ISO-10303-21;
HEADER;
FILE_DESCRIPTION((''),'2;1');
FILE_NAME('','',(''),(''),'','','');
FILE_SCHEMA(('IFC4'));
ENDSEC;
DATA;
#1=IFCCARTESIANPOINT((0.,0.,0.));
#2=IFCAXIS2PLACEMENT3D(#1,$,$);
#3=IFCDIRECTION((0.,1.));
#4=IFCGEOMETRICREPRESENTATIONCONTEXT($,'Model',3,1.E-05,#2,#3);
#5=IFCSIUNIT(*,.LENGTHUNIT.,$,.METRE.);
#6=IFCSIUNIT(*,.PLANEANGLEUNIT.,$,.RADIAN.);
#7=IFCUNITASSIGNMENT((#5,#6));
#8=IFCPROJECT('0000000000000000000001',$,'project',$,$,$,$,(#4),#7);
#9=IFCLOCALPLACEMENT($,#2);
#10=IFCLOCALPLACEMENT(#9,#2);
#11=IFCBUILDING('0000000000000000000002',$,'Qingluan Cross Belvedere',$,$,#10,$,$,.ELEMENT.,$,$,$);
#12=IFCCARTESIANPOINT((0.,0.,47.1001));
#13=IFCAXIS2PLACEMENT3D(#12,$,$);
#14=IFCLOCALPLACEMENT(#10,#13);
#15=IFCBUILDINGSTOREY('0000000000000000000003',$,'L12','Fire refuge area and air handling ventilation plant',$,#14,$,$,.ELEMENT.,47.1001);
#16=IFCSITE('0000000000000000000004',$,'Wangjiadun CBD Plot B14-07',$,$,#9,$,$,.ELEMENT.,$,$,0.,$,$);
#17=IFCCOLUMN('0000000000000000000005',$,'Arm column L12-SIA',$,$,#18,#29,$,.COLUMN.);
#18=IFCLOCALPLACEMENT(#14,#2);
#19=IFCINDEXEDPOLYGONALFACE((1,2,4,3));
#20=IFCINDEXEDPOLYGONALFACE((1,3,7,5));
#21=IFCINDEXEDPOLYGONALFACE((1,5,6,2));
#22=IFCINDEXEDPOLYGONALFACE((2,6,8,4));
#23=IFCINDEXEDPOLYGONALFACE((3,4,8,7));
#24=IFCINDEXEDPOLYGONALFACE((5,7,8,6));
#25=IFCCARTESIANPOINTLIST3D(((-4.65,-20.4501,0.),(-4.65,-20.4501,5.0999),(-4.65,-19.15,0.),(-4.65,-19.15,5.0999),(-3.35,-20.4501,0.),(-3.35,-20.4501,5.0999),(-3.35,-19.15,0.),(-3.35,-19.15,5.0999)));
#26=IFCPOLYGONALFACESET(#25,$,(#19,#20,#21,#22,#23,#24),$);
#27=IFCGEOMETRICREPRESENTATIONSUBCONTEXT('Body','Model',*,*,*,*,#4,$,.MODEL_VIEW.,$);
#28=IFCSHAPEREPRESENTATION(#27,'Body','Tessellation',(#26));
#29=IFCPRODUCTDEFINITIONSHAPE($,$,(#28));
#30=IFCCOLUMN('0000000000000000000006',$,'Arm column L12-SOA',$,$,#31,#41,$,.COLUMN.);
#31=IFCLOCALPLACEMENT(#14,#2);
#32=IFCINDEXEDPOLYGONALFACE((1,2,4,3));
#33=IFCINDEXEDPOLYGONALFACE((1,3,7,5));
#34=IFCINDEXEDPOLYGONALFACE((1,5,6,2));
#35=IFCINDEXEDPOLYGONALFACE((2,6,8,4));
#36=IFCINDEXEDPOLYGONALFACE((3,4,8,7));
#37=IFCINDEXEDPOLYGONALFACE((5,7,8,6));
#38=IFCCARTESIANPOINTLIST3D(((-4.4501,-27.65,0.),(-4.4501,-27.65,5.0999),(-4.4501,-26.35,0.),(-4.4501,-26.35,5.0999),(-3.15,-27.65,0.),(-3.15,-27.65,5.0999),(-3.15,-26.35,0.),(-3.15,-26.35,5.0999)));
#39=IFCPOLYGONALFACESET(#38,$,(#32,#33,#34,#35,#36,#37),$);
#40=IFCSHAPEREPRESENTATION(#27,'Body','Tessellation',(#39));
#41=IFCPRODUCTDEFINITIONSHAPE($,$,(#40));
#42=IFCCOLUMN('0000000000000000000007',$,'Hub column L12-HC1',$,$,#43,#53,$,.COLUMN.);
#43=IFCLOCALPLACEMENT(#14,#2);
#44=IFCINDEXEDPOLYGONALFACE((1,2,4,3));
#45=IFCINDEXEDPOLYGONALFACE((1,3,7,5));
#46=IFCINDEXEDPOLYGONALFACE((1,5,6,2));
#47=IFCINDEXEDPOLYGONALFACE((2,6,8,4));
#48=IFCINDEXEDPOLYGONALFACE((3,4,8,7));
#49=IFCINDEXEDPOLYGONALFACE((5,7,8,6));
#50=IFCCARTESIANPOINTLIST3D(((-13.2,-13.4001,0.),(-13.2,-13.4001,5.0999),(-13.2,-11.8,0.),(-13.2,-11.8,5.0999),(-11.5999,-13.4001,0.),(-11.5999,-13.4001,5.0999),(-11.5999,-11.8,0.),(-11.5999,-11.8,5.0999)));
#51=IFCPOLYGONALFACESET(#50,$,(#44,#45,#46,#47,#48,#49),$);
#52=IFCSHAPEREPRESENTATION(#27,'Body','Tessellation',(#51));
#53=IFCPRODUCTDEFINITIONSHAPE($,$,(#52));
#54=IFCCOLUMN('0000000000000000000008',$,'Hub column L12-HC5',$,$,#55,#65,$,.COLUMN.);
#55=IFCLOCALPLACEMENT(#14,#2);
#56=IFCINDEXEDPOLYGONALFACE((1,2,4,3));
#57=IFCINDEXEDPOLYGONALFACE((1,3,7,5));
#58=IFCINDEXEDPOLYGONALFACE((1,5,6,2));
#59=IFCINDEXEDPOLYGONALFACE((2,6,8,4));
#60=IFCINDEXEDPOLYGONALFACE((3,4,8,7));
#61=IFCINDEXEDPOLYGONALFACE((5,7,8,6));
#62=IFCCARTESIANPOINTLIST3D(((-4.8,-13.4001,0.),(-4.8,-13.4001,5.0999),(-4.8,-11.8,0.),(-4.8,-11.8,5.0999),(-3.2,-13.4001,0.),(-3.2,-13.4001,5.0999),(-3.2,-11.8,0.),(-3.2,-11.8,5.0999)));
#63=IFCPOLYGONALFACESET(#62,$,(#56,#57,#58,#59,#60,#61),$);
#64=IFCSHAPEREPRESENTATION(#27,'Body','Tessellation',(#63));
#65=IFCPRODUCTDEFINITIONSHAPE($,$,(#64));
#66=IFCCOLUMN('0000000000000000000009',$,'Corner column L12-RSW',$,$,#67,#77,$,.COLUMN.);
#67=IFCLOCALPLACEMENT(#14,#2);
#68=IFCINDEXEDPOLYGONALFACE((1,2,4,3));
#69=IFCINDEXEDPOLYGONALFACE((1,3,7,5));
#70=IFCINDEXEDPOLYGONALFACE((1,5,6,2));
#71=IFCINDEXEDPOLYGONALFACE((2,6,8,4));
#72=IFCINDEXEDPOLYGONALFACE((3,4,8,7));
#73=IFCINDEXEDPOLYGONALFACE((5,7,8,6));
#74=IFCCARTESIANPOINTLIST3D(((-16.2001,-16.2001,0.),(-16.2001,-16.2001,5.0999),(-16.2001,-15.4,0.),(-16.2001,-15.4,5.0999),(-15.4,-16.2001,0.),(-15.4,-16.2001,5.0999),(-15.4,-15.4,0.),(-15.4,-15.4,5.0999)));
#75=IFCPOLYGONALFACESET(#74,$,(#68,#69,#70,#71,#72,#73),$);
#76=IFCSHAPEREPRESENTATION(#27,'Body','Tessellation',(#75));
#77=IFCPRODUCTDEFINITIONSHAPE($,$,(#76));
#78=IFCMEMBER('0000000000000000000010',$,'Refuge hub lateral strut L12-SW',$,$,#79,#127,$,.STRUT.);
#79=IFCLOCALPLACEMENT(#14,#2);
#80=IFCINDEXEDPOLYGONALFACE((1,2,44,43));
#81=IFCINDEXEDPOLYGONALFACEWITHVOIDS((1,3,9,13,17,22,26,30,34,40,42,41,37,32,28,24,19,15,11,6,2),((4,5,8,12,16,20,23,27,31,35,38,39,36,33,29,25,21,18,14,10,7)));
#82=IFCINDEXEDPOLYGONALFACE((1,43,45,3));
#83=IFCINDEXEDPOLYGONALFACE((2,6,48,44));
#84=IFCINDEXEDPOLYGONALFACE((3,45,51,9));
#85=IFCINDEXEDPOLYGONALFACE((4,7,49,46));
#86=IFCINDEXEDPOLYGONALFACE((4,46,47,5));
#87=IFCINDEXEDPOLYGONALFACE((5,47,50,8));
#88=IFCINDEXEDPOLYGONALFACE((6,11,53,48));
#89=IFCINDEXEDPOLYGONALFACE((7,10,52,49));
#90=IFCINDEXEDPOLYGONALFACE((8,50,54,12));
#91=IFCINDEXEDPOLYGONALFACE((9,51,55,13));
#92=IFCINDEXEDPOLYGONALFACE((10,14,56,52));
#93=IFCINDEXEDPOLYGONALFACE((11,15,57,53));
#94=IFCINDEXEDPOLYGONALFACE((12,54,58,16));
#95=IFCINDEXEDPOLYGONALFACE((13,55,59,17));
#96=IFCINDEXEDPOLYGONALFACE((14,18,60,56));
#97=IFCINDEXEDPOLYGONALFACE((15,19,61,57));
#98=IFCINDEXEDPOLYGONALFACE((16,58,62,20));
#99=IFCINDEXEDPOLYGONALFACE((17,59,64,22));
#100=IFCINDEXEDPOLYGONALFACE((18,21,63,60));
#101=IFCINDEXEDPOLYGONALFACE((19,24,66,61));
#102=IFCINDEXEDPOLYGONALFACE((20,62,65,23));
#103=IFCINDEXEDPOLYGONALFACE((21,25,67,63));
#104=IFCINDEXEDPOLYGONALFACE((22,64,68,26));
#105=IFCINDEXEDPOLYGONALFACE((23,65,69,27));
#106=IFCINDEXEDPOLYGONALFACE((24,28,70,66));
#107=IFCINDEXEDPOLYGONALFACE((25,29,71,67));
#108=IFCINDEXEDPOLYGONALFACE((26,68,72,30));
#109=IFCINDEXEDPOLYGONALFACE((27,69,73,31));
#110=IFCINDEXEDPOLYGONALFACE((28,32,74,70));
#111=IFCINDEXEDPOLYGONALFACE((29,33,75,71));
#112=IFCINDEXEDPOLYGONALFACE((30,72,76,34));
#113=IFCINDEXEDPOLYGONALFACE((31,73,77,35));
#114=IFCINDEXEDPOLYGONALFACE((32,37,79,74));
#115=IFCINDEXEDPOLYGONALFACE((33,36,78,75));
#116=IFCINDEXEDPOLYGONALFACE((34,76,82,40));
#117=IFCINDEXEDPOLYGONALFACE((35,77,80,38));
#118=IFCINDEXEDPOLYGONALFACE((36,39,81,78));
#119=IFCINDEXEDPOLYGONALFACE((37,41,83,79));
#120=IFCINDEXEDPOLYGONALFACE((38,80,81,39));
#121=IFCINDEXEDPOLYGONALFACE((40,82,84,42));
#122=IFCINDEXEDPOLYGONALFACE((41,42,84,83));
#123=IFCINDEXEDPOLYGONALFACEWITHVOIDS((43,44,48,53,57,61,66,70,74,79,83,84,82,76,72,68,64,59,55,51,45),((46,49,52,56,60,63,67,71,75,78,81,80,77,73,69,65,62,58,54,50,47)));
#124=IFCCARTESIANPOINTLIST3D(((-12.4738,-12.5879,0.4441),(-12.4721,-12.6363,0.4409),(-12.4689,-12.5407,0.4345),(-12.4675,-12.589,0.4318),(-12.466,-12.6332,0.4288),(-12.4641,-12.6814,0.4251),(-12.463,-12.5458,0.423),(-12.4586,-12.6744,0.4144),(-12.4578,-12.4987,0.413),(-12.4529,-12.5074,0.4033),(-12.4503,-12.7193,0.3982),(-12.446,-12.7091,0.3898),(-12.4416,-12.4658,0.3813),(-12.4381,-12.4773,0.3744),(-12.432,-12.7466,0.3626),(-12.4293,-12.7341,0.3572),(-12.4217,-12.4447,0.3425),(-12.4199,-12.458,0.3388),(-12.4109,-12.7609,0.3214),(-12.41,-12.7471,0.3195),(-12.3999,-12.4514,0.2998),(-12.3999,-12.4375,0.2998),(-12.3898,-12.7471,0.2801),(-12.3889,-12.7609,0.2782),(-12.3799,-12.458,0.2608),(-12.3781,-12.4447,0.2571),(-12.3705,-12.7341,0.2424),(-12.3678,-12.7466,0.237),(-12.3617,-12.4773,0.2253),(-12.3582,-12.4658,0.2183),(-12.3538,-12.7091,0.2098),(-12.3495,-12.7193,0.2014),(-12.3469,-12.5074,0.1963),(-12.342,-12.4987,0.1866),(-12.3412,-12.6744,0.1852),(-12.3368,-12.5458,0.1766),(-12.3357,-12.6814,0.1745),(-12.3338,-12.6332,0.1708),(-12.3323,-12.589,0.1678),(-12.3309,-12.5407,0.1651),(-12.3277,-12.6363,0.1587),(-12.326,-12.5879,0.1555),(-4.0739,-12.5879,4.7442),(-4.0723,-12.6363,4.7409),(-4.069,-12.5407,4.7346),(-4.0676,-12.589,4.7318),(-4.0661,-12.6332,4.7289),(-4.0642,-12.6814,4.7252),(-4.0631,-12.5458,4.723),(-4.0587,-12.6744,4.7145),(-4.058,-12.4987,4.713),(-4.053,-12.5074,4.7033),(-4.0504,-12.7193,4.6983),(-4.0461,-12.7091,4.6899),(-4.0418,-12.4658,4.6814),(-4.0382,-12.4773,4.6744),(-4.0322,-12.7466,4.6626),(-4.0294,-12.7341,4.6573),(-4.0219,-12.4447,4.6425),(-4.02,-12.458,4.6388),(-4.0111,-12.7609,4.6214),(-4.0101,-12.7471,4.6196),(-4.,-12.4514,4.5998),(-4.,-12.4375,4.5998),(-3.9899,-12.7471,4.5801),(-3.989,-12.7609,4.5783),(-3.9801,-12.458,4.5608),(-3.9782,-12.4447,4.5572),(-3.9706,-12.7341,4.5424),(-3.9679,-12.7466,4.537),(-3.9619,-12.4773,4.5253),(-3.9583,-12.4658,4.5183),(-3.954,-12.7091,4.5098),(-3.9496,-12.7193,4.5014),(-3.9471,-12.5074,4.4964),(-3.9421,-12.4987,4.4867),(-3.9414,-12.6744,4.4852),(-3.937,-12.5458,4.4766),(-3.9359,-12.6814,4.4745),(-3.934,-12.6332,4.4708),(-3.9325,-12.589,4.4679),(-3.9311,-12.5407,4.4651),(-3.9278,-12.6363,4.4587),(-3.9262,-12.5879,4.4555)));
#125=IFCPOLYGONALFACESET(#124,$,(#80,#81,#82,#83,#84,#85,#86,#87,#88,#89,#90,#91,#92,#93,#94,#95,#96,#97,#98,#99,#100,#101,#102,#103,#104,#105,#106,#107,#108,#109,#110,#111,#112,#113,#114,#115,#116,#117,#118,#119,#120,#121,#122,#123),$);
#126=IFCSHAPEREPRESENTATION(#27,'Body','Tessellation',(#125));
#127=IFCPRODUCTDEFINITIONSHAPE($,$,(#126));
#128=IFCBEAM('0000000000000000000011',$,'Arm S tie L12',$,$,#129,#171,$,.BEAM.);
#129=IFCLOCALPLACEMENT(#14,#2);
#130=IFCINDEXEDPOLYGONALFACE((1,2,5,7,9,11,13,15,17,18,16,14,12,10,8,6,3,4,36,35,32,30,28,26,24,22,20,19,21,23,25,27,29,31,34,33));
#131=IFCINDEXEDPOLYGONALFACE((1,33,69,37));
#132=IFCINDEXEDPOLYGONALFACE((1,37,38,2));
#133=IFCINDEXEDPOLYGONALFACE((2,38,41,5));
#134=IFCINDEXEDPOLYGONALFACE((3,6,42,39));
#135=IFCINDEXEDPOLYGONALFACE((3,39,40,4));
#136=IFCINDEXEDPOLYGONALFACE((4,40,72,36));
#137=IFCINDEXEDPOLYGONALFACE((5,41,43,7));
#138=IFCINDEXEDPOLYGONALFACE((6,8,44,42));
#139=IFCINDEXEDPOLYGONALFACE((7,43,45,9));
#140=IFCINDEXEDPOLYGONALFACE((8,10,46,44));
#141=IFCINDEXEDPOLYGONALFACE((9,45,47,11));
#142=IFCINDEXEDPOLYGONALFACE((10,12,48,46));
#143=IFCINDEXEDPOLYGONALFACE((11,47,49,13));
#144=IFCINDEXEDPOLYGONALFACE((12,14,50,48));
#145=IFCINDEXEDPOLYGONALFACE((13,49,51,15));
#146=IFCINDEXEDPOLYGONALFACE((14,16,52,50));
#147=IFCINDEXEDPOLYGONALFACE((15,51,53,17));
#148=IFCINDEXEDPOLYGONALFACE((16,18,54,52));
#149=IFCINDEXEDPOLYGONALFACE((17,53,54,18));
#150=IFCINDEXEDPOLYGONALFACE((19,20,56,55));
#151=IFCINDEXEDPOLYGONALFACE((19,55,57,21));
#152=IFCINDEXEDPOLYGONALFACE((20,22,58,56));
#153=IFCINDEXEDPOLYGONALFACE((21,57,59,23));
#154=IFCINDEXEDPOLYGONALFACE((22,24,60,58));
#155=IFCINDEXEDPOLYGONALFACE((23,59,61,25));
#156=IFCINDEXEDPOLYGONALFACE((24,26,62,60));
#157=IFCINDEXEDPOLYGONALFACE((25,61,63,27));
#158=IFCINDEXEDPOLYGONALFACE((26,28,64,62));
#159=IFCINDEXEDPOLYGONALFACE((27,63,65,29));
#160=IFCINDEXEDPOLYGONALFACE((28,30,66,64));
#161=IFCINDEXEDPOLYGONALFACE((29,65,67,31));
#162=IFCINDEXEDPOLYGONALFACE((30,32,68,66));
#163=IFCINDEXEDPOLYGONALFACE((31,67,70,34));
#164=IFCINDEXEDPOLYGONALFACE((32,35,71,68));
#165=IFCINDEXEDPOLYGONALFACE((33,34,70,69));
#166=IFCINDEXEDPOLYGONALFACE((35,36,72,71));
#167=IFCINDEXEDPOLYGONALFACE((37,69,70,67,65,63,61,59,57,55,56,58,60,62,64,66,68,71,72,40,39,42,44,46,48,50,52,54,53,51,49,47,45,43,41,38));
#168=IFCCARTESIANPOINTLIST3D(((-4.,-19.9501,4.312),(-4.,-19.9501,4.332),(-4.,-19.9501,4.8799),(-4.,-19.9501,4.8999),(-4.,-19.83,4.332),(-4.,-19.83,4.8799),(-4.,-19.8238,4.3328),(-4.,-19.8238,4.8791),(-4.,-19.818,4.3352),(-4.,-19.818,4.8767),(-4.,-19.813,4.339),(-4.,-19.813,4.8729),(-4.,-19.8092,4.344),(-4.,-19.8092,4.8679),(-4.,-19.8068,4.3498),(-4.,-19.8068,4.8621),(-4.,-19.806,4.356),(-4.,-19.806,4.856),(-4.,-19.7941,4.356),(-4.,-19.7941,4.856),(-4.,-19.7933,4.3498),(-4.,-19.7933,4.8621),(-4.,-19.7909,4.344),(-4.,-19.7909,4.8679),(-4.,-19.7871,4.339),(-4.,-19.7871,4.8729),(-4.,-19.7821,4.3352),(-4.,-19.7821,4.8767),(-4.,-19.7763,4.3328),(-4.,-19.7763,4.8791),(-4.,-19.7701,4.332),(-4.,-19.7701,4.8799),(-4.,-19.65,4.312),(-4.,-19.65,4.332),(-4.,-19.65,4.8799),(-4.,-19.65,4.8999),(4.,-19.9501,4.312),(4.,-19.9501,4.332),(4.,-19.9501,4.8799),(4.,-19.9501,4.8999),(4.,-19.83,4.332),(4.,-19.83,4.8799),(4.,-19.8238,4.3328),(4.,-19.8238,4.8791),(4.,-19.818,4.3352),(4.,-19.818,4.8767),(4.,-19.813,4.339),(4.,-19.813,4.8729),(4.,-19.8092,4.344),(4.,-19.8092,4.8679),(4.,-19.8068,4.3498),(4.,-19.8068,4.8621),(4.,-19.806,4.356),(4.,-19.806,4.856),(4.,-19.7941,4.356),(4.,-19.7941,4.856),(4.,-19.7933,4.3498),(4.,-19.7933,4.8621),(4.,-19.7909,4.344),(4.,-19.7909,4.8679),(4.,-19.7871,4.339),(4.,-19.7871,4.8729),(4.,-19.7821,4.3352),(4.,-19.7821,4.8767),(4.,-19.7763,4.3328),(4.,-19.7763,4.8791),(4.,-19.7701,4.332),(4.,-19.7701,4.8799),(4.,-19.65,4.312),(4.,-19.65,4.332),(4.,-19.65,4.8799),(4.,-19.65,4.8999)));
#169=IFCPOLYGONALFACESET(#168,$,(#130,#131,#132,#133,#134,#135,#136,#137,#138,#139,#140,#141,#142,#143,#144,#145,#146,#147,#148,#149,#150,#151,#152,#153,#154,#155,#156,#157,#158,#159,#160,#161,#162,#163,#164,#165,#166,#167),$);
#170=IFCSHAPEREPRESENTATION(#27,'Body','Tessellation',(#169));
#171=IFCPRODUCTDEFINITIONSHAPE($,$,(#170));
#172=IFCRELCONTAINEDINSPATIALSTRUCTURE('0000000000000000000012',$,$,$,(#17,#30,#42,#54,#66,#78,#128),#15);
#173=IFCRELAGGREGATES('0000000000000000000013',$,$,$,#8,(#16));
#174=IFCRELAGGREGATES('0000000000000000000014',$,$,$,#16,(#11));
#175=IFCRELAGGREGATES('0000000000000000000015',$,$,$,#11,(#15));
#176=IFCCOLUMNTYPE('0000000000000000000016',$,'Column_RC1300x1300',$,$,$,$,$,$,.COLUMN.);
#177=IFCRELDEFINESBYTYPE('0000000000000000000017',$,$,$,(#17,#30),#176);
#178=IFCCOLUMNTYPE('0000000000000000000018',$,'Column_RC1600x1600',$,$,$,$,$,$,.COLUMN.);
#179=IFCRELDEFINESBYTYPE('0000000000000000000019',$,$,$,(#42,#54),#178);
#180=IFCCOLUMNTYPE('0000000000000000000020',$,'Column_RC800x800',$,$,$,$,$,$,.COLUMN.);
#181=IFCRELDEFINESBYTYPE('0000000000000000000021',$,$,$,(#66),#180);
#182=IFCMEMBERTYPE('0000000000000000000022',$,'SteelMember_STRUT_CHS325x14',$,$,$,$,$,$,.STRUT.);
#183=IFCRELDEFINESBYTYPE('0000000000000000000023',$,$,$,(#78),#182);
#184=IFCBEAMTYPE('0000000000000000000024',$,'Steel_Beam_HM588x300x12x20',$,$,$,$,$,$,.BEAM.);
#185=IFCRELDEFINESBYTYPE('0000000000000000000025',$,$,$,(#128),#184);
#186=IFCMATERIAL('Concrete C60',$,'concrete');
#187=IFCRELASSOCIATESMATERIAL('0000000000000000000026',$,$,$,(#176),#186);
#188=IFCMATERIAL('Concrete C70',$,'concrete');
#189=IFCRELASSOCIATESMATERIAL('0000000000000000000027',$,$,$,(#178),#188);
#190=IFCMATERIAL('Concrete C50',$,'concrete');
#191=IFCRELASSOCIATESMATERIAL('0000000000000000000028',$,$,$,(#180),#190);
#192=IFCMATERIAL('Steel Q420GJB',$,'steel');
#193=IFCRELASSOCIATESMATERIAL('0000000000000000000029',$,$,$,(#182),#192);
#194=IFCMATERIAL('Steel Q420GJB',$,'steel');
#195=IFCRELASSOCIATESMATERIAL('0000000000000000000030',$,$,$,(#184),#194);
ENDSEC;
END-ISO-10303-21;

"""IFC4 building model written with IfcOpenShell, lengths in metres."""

from ifc_helpers import new_model, si_unit, direction, frame, origin, origin_2d, place, context, subcontext, project, spatial, rectangle, hollow_circle, i_section, extrude, material, material_profile, profile_set, type_object, element, save


model = new_model("IFC4")

# Units and contexts
model_context = context("Model", 3, precision=1e-05, world=origin(), true_north=direction((0.0, 1.0)))
body_context = subcontext(model_context, "Body", "Model", "MODEL_VIEW")
ifc_project = project(units=[si_unit("LENGTHUNIT", "METRE"), si_unit("PLANEANGLEUNIT", "RADIAN")], contexts=[model_context])

# Site, building, storey
site_placement = place(None, origin())
site = spatial("IfcSite", under=ifc_project, at=site_placement, Name="Wangjiadun CBD Plot B14-07", CompositionType="ELEMENT", RefElevation=0.0)
building_placement = place(site_placement, origin())
building = spatial("IfcBuilding", under=site, at=building_placement, Name="Qingluan Cross Belvedere", CompositionType="ELEMENT")
storey_placement = place(building_placement, frame((0.0, 0.0, 47.1001)))
storey = spatial("IfcBuildingStorey", under=building, at=storey_placement, Name="L12", Description="Fire refuge area and air handling ventilation plant", CompositionType="ELEMENT", Elevation=47.1001)

# Columns
ifc_material_1 = material(Name="Concrete C60", Category="concrete")
ifc_material_profile_1 = material_profile(ifc_material_1, rectangle(XDim=1.3, YDim=1.3, at=origin_2d()), Name="RC1300x1300")
ifc_profile_set_1 = profile_set([ifc_material_profile_1], Name="Concrete C60")
column_type_1 = type_object("IfcColumnType", Name="Column_RC1300x1300", PredefinedType="COLUMN", material=ifc_profile_set_1)
for number, where, z_axis, x_axis, name in (
    (1, (-4.0, -19.8, 0.0), (0.0, 0.0, 1.0), (1.0, 0.0, 0.0), "Arm column L12-SIA"),
    (2, (-3.8, -27.0, 0.0), (0.0, 0.0, 1.0), (1.0, 0.0, 0.0), "Arm column L12-SOA"),
):
    element("IfcColumn", number, at=place(storey_placement, frame(where, z_axis=z_axis, x_axis=x_axis)), inside=storey, type_object=column_type_1, Name=name, PredefinedType="COLUMN", context=body_context, shape_type="SweptSolid", body=[
        extrude(rectangle(XDim=1.3, YDim=1.3, at=origin_2d()), origin(), (0.0, 0.0, 1.0), 5.0999),
    ])
ifc_material_2 = material(Name="Concrete C70", Category="concrete")
ifc_material_profile_2 = material_profile(ifc_material_2, rectangle(XDim=1.6001, YDim=1.6001, at=origin_2d()), Name="RC1600x1600")
ifc_profile_set_2 = profile_set([ifc_material_profile_2], Name="Concrete C70")
column_type_2 = type_object("IfcColumnType", Name="Column_RC1600x1600", PredefinedType="COLUMN", material=ifc_profile_set_2)
for number, where, z_axis, x_axis, name in (
    (3, (-12.3999, -12.6001, 0.0), (0.0, 0.0, 1.0), (1.0, 0.0, 0.0), "Hub column L12-HC1"),
    (4, (-4.0, -12.6001, 0.0), (0.0, 0.0, 1.0), (1.0, 0.0, 0.0), "Hub column L12-HC5"),
):
    element("IfcColumn", number, at=place(storey_placement, frame(where, z_axis=z_axis, x_axis=x_axis)), inside=storey, type_object=column_type_2, Name=name, PredefinedType="COLUMN", context=body_context, shape_type="SweptSolid", body=[
        extrude(rectangle(XDim=1.6001, YDim=1.6001, at=origin_2d()), origin(), (0.0, 0.0, 1.0), 5.0999),
    ])
ifc_material_3 = material(Name="Concrete C50", Category="concrete")
ifc_material_profile_3 = material_profile(ifc_material_3, rectangle(XDim=0.8, YDim=0.8, at=origin_2d()), Name="RC800x800")
ifc_profile_set_3 = profile_set([ifc_material_profile_3], Name="Concrete C50")
column_type_3 = type_object("IfcColumnType", Name="Column_RC800x800", PredefinedType="COLUMN", material=ifc_profile_set_3)
column_placement = place(storey_placement, frame((-15.8, -15.8, 0.0), z_axis=(0.0, 0.0, 1.0), x_axis=(1.0, 0.0, 0.0)))
element("IfcColumn", 5, at=column_placement, inside=storey, type_object=column_type_3, Name="Corner column L12-RSW", PredefinedType="COLUMN", context=body_context, shape_type="SweptSolid", body=[
    extrude(rectangle(XDim=0.8, YDim=0.8, at=origin_2d()), origin(), (0.0, 0.0, 1.0), 5.0999),
])

# Member
ifc_material_4 = material(Name="Steel Q420GJB", Category="steel")
ifc_material_profile_4 = material_profile(ifc_material_4, hollow_circle(Radius=0.1626, WallThickness=0.0139, at=origin_2d()), Name="CHS325x14")
ifc_profile_set_4 = profile_set([ifc_material_profile_4], Name="Steel Q420GJB")
member_type = type_object("IfcMemberType", Name="SteelMember_STRUT_CHS325x14", PredefinedType="STRUT", material=ifc_profile_set_4)
member_placement = place(storey_placement, frame((-12.3999, -12.6001, 0.2998), z_axis=(0.890144, 0.0, 0.455679), x_axis=(0.0, 1.0, 0.0)))
element("IfcMember", 6, at=member_placement, inside=storey, type_object=member_type, Name="Refuge hub lateral strut L12-SW", PredefinedType="STRUT", context=body_context, shape_type="SweptSolid", body=[
    extrude(hollow_circle(Radius=0.1626, WallThickness=0.0139, at=origin_2d()), origin(), (0.0, 0.0, 1.0), 9.4365),
])

# Beam
ifc_material_5 = material(Name="Steel Q420GJB", Category="steel")
ifc_material_profile_5 = material_profile(ifc_material_5, i_section(OverallWidth=0.3, OverallDepth=0.5879, WebThickness=0.012, FlangeThickness=0.02, FilletRadius=0.0239, at=origin_2d()), Name="HM588x300x12x20")
ifc_profile_set_5 = profile_set([ifc_material_profile_5], Name="Steel Q420GJB")
beam_type_1 = type_object("IfcBeamType", Name="Steel_Beam_HM588x300x12x20", PredefinedType="BEAM", material=ifc_profile_set_5)
for number, where, z_axis, x_axis, name in (
    (7, (-4.0, -19.8, 4.606), (1.0, 0.0, 0.0), (0.0, 1.0, 0.0), "Arm S tie L12"),
):
    element("IfcBeam", number, at=place(storey_placement, frame(where, z_axis=z_axis, x_axis=x_axis)), inside=storey, type_object=beam_type_1, Name=name, PredefinedType="BEAM", context=body_context, shape_type="SweptSolid", body=[
        extrude(i_section(OverallWidth=0.3, OverallDepth=0.5879, WebThickness=0.012, FlangeThickness=0.02, FilletRadius=0.0239, at=origin_2d()), origin(), (0.0, 0.0, 1.0), 8.0),
    ])

save(model, "model.ifc")
